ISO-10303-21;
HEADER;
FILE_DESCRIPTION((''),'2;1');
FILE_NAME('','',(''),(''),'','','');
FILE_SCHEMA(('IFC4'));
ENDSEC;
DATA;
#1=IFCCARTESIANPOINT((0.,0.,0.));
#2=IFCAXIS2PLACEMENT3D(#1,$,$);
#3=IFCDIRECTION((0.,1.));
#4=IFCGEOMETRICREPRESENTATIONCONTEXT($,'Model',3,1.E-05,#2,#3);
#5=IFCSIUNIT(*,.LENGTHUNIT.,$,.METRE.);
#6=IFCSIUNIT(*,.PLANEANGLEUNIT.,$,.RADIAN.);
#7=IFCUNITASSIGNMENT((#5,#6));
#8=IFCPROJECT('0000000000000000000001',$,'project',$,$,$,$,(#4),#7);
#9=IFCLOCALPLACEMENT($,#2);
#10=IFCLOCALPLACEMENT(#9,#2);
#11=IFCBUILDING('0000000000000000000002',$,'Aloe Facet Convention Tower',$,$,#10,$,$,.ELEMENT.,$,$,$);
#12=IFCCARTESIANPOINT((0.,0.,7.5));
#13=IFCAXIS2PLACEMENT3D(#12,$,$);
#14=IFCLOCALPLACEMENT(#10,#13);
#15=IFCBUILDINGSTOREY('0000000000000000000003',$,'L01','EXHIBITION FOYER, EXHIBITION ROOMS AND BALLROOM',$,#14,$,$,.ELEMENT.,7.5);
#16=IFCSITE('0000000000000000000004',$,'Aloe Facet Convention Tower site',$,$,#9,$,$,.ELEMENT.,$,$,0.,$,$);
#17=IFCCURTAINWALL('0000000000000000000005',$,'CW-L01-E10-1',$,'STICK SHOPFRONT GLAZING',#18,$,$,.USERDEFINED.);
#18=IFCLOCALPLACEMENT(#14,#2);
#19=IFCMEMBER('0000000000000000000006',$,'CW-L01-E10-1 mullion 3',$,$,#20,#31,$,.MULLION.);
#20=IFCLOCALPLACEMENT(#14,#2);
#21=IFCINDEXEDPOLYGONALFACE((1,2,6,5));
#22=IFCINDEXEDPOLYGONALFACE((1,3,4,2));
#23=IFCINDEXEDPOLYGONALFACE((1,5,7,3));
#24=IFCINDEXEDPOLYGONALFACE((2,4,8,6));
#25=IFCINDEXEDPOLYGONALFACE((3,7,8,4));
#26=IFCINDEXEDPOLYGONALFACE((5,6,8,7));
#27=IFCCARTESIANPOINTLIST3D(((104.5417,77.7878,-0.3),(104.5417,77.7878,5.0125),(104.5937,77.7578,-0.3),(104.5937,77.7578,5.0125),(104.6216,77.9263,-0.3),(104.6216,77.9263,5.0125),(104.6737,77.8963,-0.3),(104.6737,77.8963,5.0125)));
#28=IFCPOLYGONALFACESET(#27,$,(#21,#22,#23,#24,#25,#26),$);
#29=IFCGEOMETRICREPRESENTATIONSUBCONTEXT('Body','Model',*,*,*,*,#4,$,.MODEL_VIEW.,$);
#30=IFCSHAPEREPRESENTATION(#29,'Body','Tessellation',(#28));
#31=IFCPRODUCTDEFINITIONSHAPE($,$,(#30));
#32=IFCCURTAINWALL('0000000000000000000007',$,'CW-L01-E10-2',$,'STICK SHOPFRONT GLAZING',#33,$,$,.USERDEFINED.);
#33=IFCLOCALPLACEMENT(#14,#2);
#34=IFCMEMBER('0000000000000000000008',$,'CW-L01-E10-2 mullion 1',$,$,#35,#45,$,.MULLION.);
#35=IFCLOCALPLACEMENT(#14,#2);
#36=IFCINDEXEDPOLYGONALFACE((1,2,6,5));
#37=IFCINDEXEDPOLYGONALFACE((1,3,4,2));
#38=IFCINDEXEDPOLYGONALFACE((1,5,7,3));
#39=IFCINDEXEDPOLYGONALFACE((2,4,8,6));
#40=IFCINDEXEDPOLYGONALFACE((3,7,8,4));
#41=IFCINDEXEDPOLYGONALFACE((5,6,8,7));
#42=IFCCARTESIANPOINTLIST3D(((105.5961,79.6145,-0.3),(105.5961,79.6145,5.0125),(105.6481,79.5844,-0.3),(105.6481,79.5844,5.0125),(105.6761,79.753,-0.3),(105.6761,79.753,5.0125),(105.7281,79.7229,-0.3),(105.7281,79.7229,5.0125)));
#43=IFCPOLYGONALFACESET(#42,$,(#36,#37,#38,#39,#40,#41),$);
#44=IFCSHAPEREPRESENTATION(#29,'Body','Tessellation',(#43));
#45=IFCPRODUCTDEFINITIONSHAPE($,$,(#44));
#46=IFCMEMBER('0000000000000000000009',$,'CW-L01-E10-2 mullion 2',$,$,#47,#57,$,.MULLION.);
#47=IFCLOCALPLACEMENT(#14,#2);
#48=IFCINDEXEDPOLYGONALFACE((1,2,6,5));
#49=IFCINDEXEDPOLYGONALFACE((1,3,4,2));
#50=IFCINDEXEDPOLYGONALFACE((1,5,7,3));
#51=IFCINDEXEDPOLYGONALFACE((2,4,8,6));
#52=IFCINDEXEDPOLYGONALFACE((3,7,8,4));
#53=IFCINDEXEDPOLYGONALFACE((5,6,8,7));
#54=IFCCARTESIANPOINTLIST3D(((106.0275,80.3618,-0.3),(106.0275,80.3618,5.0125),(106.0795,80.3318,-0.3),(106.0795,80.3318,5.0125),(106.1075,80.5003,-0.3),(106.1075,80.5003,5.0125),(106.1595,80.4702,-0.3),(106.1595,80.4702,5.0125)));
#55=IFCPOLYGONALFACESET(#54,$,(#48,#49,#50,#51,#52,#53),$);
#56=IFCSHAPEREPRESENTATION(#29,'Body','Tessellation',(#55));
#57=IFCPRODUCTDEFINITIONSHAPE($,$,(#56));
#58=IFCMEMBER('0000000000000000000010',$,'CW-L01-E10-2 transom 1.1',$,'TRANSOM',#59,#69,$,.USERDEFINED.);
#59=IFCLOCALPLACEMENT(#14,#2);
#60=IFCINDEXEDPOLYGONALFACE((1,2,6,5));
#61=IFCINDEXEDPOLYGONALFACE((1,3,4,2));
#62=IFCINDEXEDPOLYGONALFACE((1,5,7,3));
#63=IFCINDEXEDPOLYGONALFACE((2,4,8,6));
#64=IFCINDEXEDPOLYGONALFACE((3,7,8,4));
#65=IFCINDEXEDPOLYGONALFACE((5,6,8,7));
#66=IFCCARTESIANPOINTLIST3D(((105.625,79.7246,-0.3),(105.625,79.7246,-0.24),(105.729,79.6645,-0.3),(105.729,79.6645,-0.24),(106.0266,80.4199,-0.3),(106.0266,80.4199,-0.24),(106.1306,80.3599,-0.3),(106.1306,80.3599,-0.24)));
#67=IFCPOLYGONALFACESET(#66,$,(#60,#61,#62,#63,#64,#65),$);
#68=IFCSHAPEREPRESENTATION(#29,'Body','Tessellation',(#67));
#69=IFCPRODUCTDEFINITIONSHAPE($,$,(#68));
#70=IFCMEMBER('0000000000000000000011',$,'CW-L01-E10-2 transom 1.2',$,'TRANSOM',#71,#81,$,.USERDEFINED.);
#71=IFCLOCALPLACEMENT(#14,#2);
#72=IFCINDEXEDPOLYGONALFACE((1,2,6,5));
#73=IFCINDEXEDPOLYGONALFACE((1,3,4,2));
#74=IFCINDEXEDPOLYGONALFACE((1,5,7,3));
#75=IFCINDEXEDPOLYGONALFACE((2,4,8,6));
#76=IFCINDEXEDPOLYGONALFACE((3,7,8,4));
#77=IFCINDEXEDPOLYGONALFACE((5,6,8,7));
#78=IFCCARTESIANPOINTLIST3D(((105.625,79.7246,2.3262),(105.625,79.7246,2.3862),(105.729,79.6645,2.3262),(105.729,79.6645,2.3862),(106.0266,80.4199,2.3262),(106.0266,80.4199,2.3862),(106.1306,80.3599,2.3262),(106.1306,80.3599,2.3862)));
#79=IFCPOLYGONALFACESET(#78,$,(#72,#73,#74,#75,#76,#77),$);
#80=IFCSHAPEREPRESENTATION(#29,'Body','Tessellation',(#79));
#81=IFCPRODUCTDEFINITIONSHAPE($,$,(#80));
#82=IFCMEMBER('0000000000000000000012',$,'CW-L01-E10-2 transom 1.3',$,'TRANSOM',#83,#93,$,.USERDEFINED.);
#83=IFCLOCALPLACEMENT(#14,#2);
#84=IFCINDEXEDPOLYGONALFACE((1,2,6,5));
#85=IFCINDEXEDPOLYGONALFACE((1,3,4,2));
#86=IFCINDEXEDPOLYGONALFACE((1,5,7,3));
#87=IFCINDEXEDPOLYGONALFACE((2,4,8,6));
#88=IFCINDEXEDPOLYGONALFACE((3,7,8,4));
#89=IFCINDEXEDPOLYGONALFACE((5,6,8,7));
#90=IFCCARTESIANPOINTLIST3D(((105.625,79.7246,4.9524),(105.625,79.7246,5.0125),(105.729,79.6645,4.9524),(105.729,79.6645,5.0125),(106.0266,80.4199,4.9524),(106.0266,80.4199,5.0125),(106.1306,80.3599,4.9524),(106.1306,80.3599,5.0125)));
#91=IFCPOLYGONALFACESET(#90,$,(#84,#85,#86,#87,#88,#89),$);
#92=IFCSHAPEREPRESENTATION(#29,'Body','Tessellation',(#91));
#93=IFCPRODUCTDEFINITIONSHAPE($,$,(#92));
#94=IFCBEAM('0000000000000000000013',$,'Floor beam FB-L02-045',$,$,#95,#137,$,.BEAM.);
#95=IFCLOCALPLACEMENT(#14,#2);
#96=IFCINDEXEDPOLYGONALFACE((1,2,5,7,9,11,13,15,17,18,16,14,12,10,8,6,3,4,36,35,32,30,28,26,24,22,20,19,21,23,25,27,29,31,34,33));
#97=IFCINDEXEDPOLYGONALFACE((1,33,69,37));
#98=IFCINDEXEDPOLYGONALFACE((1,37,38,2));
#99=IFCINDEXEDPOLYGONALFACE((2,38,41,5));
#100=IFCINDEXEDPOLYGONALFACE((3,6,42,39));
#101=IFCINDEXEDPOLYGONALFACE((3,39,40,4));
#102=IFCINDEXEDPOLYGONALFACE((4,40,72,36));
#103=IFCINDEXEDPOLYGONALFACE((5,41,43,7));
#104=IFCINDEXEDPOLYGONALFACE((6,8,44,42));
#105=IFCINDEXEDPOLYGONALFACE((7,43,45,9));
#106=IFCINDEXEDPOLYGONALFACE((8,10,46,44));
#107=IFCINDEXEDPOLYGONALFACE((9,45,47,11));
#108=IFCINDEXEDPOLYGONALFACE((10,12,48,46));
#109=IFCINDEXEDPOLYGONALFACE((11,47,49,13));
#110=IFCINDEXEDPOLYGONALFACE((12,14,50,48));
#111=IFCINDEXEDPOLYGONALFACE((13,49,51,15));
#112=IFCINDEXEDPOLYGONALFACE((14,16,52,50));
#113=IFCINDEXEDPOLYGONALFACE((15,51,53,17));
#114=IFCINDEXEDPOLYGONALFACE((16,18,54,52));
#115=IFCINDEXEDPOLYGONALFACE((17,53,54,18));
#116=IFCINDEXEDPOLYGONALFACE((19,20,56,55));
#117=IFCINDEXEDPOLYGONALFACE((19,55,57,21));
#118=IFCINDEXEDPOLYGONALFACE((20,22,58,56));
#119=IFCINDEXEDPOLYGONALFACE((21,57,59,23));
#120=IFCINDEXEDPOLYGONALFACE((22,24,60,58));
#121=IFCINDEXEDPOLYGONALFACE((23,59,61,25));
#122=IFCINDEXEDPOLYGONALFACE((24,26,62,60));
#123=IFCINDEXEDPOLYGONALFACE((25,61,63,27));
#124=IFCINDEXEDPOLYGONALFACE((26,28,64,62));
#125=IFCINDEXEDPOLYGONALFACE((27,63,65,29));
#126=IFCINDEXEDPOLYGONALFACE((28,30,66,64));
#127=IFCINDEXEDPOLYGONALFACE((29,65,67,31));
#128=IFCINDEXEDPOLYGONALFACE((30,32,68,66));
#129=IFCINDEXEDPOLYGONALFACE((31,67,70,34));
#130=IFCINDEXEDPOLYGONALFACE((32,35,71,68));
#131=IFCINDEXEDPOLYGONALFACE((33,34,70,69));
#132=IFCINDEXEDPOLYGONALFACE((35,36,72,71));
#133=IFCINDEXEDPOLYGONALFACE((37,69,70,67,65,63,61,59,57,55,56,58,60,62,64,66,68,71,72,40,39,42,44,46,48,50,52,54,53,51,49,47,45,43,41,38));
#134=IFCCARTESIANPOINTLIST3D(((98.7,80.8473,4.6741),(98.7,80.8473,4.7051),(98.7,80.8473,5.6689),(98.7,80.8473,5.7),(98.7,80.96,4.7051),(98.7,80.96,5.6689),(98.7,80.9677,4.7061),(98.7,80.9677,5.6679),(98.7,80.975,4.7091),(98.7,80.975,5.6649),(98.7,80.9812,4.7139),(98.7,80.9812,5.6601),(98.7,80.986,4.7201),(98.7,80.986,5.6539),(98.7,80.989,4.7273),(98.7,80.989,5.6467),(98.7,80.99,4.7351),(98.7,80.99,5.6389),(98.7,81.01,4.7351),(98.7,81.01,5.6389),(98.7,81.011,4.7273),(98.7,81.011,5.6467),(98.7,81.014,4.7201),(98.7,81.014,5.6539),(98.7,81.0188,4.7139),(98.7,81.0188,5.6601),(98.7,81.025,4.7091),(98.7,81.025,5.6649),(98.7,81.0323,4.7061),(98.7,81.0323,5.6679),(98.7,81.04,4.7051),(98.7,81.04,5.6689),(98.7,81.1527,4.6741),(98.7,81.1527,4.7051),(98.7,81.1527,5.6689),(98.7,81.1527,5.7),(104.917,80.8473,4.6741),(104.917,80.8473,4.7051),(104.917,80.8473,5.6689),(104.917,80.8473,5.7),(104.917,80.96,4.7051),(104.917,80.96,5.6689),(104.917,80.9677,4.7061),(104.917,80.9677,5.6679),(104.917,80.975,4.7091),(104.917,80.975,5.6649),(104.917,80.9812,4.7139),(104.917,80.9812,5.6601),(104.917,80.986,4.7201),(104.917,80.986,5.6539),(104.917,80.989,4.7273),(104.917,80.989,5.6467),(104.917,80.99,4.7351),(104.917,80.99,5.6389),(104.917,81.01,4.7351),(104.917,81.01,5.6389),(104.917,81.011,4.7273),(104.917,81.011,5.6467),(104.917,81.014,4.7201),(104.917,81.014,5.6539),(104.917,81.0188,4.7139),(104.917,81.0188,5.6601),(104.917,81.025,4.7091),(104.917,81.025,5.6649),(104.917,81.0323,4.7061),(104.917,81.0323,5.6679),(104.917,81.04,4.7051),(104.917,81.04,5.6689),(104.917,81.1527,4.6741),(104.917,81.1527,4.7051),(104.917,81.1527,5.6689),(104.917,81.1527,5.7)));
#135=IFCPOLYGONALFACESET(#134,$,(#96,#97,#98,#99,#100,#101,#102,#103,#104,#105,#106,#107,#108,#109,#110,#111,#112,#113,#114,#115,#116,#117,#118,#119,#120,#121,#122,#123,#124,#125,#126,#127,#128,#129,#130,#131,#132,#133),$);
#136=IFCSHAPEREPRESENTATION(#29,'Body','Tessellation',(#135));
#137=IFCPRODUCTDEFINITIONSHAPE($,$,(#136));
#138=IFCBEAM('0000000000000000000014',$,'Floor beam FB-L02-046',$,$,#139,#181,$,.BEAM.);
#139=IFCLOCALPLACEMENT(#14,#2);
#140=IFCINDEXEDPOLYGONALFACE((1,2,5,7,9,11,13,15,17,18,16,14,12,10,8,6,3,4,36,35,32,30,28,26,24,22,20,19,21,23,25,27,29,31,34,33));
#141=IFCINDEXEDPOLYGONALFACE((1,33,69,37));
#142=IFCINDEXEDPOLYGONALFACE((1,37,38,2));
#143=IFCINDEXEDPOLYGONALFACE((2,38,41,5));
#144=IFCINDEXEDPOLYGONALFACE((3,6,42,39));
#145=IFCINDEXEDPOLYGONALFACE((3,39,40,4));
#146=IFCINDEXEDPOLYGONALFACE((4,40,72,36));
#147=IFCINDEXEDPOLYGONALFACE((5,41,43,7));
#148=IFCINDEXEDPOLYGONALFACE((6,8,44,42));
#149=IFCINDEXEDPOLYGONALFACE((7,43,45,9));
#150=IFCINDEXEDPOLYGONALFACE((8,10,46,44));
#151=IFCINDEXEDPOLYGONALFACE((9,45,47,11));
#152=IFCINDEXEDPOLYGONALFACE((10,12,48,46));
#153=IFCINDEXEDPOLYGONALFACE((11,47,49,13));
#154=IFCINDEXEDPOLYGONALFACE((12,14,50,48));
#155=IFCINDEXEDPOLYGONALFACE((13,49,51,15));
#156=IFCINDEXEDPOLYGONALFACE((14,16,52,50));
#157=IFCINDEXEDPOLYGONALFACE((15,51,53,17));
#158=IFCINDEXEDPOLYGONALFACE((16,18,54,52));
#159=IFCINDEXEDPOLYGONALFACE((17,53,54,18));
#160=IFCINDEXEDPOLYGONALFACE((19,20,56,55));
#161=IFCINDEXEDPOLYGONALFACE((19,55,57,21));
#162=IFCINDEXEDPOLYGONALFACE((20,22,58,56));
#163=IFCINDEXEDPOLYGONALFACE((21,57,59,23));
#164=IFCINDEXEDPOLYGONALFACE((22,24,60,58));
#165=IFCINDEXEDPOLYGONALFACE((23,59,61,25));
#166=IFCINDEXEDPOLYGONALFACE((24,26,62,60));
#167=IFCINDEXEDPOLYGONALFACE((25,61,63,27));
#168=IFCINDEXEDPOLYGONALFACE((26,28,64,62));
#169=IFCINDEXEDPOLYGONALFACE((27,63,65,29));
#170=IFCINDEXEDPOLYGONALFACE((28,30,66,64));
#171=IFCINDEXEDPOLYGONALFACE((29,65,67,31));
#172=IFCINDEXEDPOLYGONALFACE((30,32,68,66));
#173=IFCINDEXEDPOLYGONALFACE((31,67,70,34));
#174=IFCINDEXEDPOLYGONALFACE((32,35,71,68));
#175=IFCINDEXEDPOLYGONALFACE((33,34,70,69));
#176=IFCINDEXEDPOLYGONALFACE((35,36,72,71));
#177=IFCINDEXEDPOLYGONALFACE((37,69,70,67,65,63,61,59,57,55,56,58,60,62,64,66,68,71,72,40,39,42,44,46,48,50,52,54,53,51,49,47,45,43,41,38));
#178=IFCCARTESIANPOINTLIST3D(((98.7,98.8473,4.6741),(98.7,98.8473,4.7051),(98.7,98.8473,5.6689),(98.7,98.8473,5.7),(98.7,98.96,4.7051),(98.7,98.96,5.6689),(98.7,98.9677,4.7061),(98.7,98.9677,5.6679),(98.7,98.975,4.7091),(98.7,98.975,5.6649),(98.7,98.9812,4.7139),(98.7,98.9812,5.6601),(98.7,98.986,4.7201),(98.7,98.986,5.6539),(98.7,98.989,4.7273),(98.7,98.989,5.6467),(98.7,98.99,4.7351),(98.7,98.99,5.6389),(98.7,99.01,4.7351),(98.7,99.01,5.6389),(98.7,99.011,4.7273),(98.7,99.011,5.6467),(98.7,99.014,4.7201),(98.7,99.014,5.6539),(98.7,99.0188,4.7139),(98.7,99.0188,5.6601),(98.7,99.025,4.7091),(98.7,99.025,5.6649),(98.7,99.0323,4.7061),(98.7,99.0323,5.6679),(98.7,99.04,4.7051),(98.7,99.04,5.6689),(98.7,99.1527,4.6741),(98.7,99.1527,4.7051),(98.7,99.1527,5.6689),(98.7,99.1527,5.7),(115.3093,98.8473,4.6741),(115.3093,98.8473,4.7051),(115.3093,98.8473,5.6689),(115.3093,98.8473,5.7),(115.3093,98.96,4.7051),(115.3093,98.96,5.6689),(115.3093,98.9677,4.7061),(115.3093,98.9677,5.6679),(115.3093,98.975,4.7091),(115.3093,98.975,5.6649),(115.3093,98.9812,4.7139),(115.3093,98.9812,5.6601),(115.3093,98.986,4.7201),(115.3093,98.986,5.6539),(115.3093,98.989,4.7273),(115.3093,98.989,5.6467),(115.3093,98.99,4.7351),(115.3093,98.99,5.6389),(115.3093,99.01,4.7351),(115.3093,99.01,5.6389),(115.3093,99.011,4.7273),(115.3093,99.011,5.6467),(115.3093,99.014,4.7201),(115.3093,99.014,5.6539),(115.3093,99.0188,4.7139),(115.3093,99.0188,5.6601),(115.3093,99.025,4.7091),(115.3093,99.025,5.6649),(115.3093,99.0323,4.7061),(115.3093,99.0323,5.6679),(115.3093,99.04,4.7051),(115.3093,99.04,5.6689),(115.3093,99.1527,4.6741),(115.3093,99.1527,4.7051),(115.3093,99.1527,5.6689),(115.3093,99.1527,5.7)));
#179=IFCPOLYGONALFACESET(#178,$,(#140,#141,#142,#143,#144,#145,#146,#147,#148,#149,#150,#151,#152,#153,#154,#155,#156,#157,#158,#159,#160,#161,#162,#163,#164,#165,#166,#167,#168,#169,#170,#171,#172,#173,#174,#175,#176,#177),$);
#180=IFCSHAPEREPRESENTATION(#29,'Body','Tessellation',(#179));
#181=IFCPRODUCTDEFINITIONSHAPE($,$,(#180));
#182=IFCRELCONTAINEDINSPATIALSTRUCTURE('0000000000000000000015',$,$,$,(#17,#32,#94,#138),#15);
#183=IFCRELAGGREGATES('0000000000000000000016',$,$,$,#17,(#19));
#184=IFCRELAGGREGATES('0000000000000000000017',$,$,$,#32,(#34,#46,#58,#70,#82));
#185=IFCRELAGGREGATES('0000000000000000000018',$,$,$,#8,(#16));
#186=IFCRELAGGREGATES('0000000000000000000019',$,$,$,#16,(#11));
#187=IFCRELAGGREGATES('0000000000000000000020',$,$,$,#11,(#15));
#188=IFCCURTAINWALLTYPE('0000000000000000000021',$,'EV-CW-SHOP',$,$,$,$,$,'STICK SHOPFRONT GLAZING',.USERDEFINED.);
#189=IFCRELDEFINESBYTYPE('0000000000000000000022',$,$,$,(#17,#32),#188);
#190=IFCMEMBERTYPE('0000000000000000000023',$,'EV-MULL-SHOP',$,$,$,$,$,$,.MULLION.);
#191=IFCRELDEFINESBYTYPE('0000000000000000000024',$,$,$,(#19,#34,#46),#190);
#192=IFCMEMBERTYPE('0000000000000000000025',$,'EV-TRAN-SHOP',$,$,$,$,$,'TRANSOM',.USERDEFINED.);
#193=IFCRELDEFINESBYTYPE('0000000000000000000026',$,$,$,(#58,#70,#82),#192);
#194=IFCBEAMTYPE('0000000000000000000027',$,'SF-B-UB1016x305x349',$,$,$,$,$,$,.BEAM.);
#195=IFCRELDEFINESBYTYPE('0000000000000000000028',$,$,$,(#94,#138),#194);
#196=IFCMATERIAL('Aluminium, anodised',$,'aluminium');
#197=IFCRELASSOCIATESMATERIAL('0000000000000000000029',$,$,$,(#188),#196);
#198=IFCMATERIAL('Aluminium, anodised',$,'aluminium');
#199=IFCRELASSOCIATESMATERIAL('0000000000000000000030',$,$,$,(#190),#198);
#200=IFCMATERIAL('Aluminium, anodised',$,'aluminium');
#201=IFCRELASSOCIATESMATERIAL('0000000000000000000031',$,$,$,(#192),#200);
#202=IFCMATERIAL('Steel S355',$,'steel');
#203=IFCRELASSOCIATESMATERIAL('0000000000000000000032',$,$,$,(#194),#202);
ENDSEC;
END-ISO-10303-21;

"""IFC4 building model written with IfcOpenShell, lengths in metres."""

from ifc_helpers import new_model, si_unit, direction, frame, origin, origin_2d, place, context, subcontext, project, spatial, rectangle, i_section, extrude, material, material_profile, profile_set, type_object, element, aggregate, save


model = new_model("IFC4")

# Units and contexts
model_context = context("Model", 3, precision=1e-05, world=origin(), true_north=direction((0.0, 1.0)))
body_context = subcontext(model_context, "Body", "Model", "MODEL_VIEW")
ifc_project = project(units=[si_unit("LENGTHUNIT", "METRE"), si_unit("PLANEANGLEUNIT", "RADIAN")], contexts=[model_context])

# Site, building, storey
site_placement = place(None, origin())
site = spatial("IfcSite", under=ifc_project, at=site_placement, Name="Aloe Facet Convention Tower site", CompositionType="ELEMENT", RefElevation=0.0)
building_placement = place(site_placement, origin())
building = spatial("IfcBuilding", under=site, at=building_placement, Name="Aloe Facet Convention Tower", CompositionType="ELEMENT")
storey_placement = place(building_placement, frame((0.0, 0.0, 7.5)))
storey = spatial("IfcBuildingStorey", under=building, at=storey_placement, Name="L01", Description="EXHIBITION FOYER, EXHIBITION ROOMS AND BALLROOM", CompositionType="ELEMENT", Elevation=7.5)

# Curtain wall, member
ifc_material_1 = material(Name="Aluminium, anodised", Category="aluminium")
curtain_wall_type = type_object("IfcCurtainWallType", Name="EV-CW-SHOP", ElementType="STICK SHOPFRONT GLAZING", PredefinedType="USERDEFINED", material=ifc_material_1)
curtain_wall_1_placement = place(storey_placement, origin())
curtain_wall_1 = element("IfcCurtainWall", 1, at=curtain_wall_1_placement, inside=storey, type_object=curtain_wall_type, Name="CW-L01-E10-1", ObjectType="STICK SHOPFRONT GLAZING", PredefinedType="USERDEFINED")
ifc_material_2 = material(Name="Aluminium, anodised", Category="aluminium")
ifc_material_profile_1 = material_profile(ifc_material_2, rectangle(XDim=0.0601, YDim=0.1599, at=origin_2d()), Name="AL 60x160")
ifc_profile_set_1 = profile_set([ifc_material_profile_1], Name="Aluminium, anodised")
member_type_1 = type_object("IfcMemberType", Name="EV-MULL-SHOP", PredefinedType="MULLION", material=ifc_profile_set_1)
member_1_placement = place(storey_placement, frame((104.6077, 77.842, -0.3), z_axis=(0.0, 0.0, 1.0), x_axis=(-0.866025, 0.5, 0.0)))
member_1 = element("IfcMember", 2, at=member_1_placement, type_object=member_type_1, Name="CW-L01-E10-1 mullion 3", PredefinedType="MULLION", context=body_context, shape_type="SweptSolid", body=[
    extrude(rectangle(XDim=0.0601, YDim=0.1599, at=origin_2d()), origin(), (0.0, 0.0, 1.0), 5.3125),
])
aggregate(curtain_wall_1, [member_1])

# Curtain wall, members
curtain_wall_2_placement = place(storey_placement, origin())
curtain_wall_2 = element("IfcCurtainWall", 3, at=curtain_wall_2_placement, inside=storey, type_object=curtain_wall_type, Name="CW-L01-E10-2", ObjectType="STICK SHOPFRONT GLAZING", PredefinedType="USERDEFINED")
member_2_placement = place(storey_placement, frame((105.6621, 79.6687, -0.3), z_axis=(0.0, 0.0, 1.0), x_axis=(-0.866025, 0.5, 0.0)))
member_2 = element("IfcMember", 4, at=member_2_placement, type_object=member_type_1, Name="CW-L01-E10-2 mullion 1", PredefinedType="MULLION", context=body_context, shape_type="SweptSolid", body=[
    extrude(rectangle(XDim=0.0601, YDim=0.1599, at=origin_2d()), origin(), (0.0, 0.0, 1.0), 5.3125),
])
member_3_placement = place(storey_placement, frame((106.0935, 80.416, -0.3), z_axis=(0.0, 0.0, 1.0), x_axis=(-0.866025, 0.5, 0.0)))
member_3 = element("IfcMember", 5, at=member_3_placement, type_object=member_type_1, Name="CW-L01-E10-2 mullion 2", PredefinedType="MULLION", context=body_context, shape_type="SweptSolid", body=[
    extrude(rectangle(XDim=0.0601, YDim=0.1599, at=origin_2d()), origin(), (0.0, 0.0, 1.0), 5.3125),
])
ifc_material_3 = material(Name="Aluminium, anodised", Category="aluminium")
ifc_material_profile_2 = material_profile(ifc_material_3, rectangle(XDim=0.1201, YDim=0.0601, at=origin_2d()), Name="AL 120x60")
ifc_profile_set_2 = profile_set([ifc_material_profile_2], Name="Aluminium, anodised")
member_type_2 = type_object("IfcMemberType", Name="EV-TRAN-SHOP", ElementType="TRANSOM", PredefinedType="USERDEFINED", material=ifc_profile_set_2)
member_4_placement = place(storey_placement, frame((105.677, 79.6946, -0.27), z_axis=(0.500161, 0.865932, 0.0), x_axis=(-0.865932, 0.500161, 0.0)))
member_4 = element("IfcMember", 6, at=member_4_placement, type_object=member_type_2, Name="CW-L01-E10-2 transom 1.1", ObjectType="TRANSOM", PredefinedType="USERDEFINED", context=body_context, shape_type="SweptSolid", body=[
    extrude(rectangle(XDim=0.1201, YDim=0.0601, at=origin_2d()), origin(), (0.0, 0.0, 1.0), 0.803),
])
member_5_placement = place(storey_placement, frame((105.677, 79.6946, 2.3562), z_axis=(0.500161, 0.865932, 0.0), x_axis=(-0.865932, 0.500161, 0.0)))
member_5 = element("IfcMember", 7, at=member_5_placement, type_object=member_type_2, Name="CW-L01-E10-2 transom 1.2", ObjectType="TRANSOM", PredefinedType="USERDEFINED", context=body_context, shape_type="SweptSolid", body=[
    extrude(rectangle(XDim=0.1201, YDim=0.0601, at=origin_2d()), origin(), (0.0, 0.0, 1.0), 0.803),
])
member_6_placement = place(storey_placement, frame((105.677, 79.6946, 4.9824), z_axis=(0.500161, 0.865932, 0.0), x_axis=(-0.865932, 0.500161, 0.0)))
member_6 = element("IfcMember", 8, at=member_6_placement, type_object=member_type_2, Name="CW-L01-E10-2 transom 1.3", ObjectType="TRANSOM", PredefinedType="USERDEFINED", context=body_context, shape_type="SweptSolid", body=[
    extrude(rectangle(XDim=0.1201, YDim=0.0601, at=origin_2d()), origin(), (0.0, 0.0, 1.0), 0.803),
])

# Beams
ifc_material_4 = material(Name="Steel S355", Category="steel")
ifc_material_profile_3 = material_profile(ifc_material_4, i_section(OverallWidth=0.3054, OverallDepth=1.0259, WebThickness=0.02, FlangeThickness=0.031, FilletRadius=0.03, at=origin_2d()), Name="UB 1016x305x349")
ifc_profile_set_3 = profile_set([ifc_material_profile_3], Name="Steel S355")
beam_type_1 = type_object("IfcBeamType", Name="SF-B-UB1016x305x349", PredefinedType="BEAM", material=ifc_profile_set_3)
beam_1_placement = place(storey_placement, frame((98.7, 81.0, 5.187), z_axis=(1.0, 0.0, 0.0), x_axis=(0.0, 1.0, 0.0)))
element("IfcBeam", 9, at=beam_1_placement, inside=storey, type_object=beam_type_1, Name="Floor beam FB-L02-045", PredefinedType="BEAM", context=body_context, shape_type="SweptSolid", body=[
    extrude(i_section(OverallWidth=0.3054, OverallDepth=1.0259, WebThickness=0.02, FlangeThickness=0.031, FilletRadius=0.03, at=origin_2d()), origin(), (0.0, 0.0, 1.0), 6.217),
])
beam_2_placement = place(storey_placement, frame((98.7, 99.0, 5.187), z_axis=(1.0, 0.0, 0.0), x_axis=(0.0, 1.0, 0.0)))
element("IfcBeam", 10, at=beam_2_placement, inside=storey, type_object=beam_type_1, Name="Floor beam FB-L02-046", PredefinedType="BEAM", context=body_context, shape_type="SweptSolid", body=[
    extrude(i_section(OverallWidth=0.3054, OverallDepth=1.0259, WebThickness=0.02, FlangeThickness=0.031, FilletRadius=0.03, at=origin_2d()), origin(), (0.0, 0.0, 1.0), 16.6094),
])

aggregate(curtain_wall_2, [member_2, member_3, member_4, member_5, member_6])

save(model, "model.ifc")
